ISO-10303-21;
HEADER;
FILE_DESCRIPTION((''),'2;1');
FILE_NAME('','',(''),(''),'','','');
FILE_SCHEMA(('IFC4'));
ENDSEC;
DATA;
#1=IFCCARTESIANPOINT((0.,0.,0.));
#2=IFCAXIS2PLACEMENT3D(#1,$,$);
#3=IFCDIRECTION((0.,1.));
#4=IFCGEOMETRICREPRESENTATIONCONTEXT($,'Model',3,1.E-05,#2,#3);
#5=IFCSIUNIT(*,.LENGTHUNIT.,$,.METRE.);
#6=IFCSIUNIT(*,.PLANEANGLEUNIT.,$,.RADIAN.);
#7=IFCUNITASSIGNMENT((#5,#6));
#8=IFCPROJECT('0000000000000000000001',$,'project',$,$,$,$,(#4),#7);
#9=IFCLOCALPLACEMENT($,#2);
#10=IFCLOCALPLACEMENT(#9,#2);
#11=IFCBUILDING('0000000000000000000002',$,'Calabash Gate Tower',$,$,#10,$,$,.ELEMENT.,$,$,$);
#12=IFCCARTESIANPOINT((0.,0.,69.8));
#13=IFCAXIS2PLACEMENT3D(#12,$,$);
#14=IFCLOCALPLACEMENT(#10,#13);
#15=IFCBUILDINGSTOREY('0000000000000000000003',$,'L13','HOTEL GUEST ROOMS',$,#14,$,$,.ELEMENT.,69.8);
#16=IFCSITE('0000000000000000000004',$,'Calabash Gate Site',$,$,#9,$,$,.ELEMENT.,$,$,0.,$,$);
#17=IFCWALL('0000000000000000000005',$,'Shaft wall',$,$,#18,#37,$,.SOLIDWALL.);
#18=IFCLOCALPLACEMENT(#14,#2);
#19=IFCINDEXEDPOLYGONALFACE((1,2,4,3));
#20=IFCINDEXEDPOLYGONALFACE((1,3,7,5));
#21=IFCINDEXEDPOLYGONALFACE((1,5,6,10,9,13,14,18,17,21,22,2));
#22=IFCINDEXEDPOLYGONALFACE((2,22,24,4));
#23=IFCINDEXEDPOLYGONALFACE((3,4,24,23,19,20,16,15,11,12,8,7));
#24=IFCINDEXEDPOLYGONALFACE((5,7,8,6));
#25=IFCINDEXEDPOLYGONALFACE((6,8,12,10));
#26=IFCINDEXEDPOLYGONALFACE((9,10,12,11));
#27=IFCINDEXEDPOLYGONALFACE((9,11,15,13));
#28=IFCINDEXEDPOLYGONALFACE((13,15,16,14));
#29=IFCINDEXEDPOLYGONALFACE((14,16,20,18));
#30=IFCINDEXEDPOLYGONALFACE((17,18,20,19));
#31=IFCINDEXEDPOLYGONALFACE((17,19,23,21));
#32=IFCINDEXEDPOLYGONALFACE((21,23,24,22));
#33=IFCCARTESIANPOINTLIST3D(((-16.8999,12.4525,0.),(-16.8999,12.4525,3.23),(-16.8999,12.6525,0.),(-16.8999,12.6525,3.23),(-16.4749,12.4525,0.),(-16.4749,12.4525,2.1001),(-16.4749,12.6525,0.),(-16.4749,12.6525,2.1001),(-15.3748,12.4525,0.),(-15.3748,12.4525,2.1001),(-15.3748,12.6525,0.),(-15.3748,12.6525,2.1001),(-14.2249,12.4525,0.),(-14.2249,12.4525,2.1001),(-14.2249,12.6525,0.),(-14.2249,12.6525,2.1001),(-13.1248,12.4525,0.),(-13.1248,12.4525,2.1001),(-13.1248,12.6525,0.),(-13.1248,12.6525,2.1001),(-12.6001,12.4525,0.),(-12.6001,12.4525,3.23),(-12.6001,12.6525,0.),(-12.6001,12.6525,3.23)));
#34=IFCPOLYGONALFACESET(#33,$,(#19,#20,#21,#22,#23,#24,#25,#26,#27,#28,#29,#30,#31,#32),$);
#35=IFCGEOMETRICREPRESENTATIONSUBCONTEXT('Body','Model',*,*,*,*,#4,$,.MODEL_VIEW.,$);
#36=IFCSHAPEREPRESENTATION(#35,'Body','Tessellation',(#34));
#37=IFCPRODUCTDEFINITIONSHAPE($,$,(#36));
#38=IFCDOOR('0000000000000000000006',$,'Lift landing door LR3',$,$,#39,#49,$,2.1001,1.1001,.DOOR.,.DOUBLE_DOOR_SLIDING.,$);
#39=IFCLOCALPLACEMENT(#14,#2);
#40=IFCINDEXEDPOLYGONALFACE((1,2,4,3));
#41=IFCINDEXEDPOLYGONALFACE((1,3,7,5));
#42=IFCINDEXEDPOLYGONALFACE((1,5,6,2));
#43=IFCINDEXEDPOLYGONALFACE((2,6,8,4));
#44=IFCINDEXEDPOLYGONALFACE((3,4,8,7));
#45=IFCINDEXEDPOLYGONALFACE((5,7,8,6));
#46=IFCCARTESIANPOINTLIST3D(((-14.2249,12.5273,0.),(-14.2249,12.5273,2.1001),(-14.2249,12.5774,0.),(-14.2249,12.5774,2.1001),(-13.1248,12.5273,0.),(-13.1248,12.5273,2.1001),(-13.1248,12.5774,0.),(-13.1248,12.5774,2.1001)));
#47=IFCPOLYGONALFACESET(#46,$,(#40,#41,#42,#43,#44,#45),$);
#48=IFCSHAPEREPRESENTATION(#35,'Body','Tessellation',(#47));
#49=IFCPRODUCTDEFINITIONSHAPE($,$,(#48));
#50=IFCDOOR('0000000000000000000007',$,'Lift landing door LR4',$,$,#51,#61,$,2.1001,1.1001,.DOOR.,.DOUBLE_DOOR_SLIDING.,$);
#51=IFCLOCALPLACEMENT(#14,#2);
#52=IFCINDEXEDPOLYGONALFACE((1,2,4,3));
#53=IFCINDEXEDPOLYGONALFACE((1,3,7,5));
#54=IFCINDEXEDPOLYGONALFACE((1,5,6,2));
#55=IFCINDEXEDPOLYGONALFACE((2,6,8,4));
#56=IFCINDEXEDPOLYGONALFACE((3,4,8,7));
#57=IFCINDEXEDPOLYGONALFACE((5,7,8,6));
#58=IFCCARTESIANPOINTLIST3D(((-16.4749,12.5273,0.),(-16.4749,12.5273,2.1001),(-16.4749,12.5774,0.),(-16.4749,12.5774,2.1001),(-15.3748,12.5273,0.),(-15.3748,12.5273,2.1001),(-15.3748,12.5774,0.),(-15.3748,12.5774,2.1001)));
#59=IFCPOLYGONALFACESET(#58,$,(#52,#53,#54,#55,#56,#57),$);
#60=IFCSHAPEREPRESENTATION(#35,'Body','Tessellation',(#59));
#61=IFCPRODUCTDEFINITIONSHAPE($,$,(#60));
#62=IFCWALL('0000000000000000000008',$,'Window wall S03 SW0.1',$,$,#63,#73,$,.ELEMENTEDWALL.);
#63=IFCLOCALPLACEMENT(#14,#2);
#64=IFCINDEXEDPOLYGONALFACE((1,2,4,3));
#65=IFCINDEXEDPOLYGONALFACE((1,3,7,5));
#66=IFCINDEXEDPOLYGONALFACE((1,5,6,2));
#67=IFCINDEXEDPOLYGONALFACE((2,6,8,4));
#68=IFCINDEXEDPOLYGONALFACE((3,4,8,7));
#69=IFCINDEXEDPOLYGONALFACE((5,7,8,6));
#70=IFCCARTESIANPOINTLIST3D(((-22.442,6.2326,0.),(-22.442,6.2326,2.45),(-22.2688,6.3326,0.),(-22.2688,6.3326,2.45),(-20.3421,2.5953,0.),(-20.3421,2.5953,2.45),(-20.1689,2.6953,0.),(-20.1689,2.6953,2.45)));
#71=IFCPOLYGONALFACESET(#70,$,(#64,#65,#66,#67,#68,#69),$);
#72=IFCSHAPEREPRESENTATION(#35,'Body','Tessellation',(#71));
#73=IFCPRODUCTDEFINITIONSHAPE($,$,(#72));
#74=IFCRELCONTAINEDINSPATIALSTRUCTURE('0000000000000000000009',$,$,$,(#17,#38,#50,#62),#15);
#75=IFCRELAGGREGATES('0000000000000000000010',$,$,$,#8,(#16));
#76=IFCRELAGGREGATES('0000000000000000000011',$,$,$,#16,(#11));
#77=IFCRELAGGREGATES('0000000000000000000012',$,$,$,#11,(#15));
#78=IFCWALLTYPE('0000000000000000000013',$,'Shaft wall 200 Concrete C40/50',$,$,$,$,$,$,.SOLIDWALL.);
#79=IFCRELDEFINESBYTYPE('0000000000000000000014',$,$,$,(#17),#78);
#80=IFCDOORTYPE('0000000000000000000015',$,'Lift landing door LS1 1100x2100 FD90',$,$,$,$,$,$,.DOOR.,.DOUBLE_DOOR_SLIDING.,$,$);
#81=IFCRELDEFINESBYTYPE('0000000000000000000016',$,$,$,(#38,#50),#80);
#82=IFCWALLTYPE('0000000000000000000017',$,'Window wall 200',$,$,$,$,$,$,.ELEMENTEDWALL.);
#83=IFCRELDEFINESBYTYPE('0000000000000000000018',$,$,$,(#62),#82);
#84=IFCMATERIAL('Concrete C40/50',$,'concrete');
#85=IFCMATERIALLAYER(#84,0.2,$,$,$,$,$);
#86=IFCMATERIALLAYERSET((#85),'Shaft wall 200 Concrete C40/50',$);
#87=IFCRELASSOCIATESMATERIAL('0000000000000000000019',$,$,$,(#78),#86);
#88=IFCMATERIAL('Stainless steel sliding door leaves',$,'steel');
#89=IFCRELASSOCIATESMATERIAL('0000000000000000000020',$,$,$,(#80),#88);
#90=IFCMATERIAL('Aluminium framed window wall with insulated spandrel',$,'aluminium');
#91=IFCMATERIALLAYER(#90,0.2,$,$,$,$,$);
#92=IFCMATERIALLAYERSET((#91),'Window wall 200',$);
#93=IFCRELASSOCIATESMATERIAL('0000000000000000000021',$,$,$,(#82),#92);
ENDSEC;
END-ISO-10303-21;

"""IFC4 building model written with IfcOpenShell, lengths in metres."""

from ifc_helpers import new_model, si_unit, direction, frame, frame_2d, origin, place, context, subcontext, project, spatial, rectangle, extrude, material, layer, layer_set, type_object, element, fill, save


model = new_model("IFC4")

# Units and contexts
model_context = context("Model", 3, precision=1e-05, world=origin(), true_north=direction((0.0, 1.0)))
body_context = subcontext(model_context, "Body", "Model", "MODEL_VIEW")
ifc_project = project(units=[si_unit("LENGTHUNIT", "METRE"), si_unit("PLANEANGLEUNIT", "RADIAN")], contexts=[model_context])

# Site, building, storey
site_placement = place(None, origin())
site = spatial("IfcSite", under=ifc_project, at=site_placement, Name="Calabash Gate Site", CompositionType="ELEMENT", RefElevation=0.0)
building_placement = place(site_placement, origin())
building = spatial("IfcBuilding", under=site, at=building_placement, Name="Calabash Gate Tower", CompositionType="ELEMENT")
storey_placement = place(building_placement, frame((0.0, 0.0, 69.8)))
storey = spatial("IfcBuildingStorey", under=building, at=storey_placement, Name="L13", Description="HOTEL GUEST ROOMS", CompositionType="ELEMENT", Elevation=69.8)

# Wall, openings, doors
ifc_material_1 = material(Name="Concrete C40/50", Category="concrete")
ifc_layer_1 = layer(ifc_material_1, 0.2)
ifc_layer_set_1 = layer_set([ifc_layer_1], Name="Shaft wall 200 Concrete C40/50")
wall_type_1 = type_object("IfcWallType", Name="Shaft wall 200 Concrete C40/50", PredefinedType="SOLIDWALL", material=ifc_layer_set_1)
ifc_material_2 = material(Name="Stainless steel sliding door leaves", Category="steel")
door_type_1 = type_object("IfcDoorType", Name="Lift landing door LS1 1100x2100 FD90", OperationType="DOUBLE_DOOR_SLIDING", PredefinedType="DOOR", material=ifc_material_2)
wall_1_placement = place(storey_placement, frame((-16.8999, 12.5525, 0.0), z_axis=(0.0, 0.0, 1.0), x_axis=(1.0, 0.0, 0.0)))
wall_1 = element("IfcWall", 1, at=wall_1_placement, inside=storey, type_object=wall_type_1, Name="Shaft wall", PredefinedType="SOLIDWALL", context=body_context, shape_type="SweptSolid", body=[
    extrude(rectangle(XDim=4.2998, YDim=0.2, at=frame_2d((2.1499, 0.0))), origin(), (0.0, 0.0, 1.0), 3.23),
])
opening_1_placement = place(wall_1_placement, frame((2.675, 0.0, 0.0)))
opening_1 = element("IfcOpeningElement", 2, at=opening_1_placement, cuts=wall_1, PredefinedType="OPENING", context=body_context, shape_type="SweptSolid", body=[
    extrude(rectangle(XDim=1.1001, YDim=2.1001, at=frame_2d((0.55, 1.05))), frame((0.0, 0.1099, 0.0), z_axis=(0.0, -1.0, 0.0), x_axis=(1.0, 0.0, 0.0)), (0.0, 0.0, 1.0), 0.22),
])
opening_2_placement = place(wall_1_placement, frame((0.425, 0.0, 0.0)))
opening_2 = element("IfcOpeningElement", 3, at=opening_2_placement, cuts=wall_1, PredefinedType="OPENING", context=body_context, shape_type="SweptSolid", body=[
    extrude(rectangle(XDim=1.1001, YDim=2.1001, at=frame_2d((0.55, 1.05))), frame((0.0, 0.1099, 0.0), z_axis=(0.0, -1.0, 0.0), x_axis=(1.0, 0.0, 0.0)), (0.0, 0.0, 1.0), 0.22),
])
door_1_placement = place(opening_1_placement, origin())
door_1 = element("IfcDoor", 4, at=door_1_placement, inside=storey, type_object=door_type_1, Name="Lift landing door LR3", OperationType="DOUBLE_DOOR_SLIDING", OverallHeight=2.1001, OverallWidth=1.1001, PredefinedType="DOOR", context=body_context, shape_type="SweptSolid", body=[
    extrude(rectangle(XDim=1.1001, YDim=2.1001, at=frame_2d((0.55, 1.05))), frame((0.0, 0.0249, 0.0), z_axis=(0.0, -1.0, 0.0), x_axis=(1.0, 0.0, 0.0)), (0.0, 0.0, 1.0), 0.05),
])
fill(opening_1, door_1)
door_2_placement = place(opening_2_placement, origin())
door_2 = element("IfcDoor", 5, at=door_2_placement, inside=storey, type_object=door_type_1, Name="Lift landing door LR4", OperationType="DOUBLE_DOOR_SLIDING", OverallHeight=2.1001, OverallWidth=1.1001, PredefinedType="DOOR", context=body_context, shape_type="SweptSolid", body=[
    extrude(rectangle(XDim=1.1001, YDim=2.1001, at=frame_2d((0.55, 1.05))), frame((0.0, 0.0249, 0.0), z_axis=(0.0, -1.0, 0.0), x_axis=(1.0, 0.0, 0.0)), (0.0, 0.0, 1.0), 0.05),
])
fill(opening_2, door_2)

# Wall
ifc_material_3 = material(Name="Aluminium framed window wall with insulated spandrel", Category="aluminium")
ifc_layer_2 = layer(ifc_material_3, 0.2)
ifc_layer_set_2 = layer_set([ifc_layer_2], Name="Window wall 200")
wall_type_2 = type_object("IfcWallType", Name="Window wall 200", PredefinedType="ELEMENTEDWALL", material=ifc_layer_set_2)
wall_2_placement = place(storey_placement, frame((-22.3555, 6.2827, 0.0), z_axis=(0.0, 0.0, 1.0), x_axis=(0.499984, -0.866035, 0.0)))
element("IfcWall", 6, at=wall_2_placement, inside=storey, type_object=wall_type_2, Name="Window wall S03 SW0.1", PredefinedType="ELEMENTEDWALL", context=body_context, shape_type="SweptSolid", body=[
    extrude(rectangle(XDim=4.2, YDim=0.2, at=frame_2d((2.1001, 0.0))), origin(), (0.0, 0.0, 1.0), 2.45),
])

save(model, "model.ifc")
